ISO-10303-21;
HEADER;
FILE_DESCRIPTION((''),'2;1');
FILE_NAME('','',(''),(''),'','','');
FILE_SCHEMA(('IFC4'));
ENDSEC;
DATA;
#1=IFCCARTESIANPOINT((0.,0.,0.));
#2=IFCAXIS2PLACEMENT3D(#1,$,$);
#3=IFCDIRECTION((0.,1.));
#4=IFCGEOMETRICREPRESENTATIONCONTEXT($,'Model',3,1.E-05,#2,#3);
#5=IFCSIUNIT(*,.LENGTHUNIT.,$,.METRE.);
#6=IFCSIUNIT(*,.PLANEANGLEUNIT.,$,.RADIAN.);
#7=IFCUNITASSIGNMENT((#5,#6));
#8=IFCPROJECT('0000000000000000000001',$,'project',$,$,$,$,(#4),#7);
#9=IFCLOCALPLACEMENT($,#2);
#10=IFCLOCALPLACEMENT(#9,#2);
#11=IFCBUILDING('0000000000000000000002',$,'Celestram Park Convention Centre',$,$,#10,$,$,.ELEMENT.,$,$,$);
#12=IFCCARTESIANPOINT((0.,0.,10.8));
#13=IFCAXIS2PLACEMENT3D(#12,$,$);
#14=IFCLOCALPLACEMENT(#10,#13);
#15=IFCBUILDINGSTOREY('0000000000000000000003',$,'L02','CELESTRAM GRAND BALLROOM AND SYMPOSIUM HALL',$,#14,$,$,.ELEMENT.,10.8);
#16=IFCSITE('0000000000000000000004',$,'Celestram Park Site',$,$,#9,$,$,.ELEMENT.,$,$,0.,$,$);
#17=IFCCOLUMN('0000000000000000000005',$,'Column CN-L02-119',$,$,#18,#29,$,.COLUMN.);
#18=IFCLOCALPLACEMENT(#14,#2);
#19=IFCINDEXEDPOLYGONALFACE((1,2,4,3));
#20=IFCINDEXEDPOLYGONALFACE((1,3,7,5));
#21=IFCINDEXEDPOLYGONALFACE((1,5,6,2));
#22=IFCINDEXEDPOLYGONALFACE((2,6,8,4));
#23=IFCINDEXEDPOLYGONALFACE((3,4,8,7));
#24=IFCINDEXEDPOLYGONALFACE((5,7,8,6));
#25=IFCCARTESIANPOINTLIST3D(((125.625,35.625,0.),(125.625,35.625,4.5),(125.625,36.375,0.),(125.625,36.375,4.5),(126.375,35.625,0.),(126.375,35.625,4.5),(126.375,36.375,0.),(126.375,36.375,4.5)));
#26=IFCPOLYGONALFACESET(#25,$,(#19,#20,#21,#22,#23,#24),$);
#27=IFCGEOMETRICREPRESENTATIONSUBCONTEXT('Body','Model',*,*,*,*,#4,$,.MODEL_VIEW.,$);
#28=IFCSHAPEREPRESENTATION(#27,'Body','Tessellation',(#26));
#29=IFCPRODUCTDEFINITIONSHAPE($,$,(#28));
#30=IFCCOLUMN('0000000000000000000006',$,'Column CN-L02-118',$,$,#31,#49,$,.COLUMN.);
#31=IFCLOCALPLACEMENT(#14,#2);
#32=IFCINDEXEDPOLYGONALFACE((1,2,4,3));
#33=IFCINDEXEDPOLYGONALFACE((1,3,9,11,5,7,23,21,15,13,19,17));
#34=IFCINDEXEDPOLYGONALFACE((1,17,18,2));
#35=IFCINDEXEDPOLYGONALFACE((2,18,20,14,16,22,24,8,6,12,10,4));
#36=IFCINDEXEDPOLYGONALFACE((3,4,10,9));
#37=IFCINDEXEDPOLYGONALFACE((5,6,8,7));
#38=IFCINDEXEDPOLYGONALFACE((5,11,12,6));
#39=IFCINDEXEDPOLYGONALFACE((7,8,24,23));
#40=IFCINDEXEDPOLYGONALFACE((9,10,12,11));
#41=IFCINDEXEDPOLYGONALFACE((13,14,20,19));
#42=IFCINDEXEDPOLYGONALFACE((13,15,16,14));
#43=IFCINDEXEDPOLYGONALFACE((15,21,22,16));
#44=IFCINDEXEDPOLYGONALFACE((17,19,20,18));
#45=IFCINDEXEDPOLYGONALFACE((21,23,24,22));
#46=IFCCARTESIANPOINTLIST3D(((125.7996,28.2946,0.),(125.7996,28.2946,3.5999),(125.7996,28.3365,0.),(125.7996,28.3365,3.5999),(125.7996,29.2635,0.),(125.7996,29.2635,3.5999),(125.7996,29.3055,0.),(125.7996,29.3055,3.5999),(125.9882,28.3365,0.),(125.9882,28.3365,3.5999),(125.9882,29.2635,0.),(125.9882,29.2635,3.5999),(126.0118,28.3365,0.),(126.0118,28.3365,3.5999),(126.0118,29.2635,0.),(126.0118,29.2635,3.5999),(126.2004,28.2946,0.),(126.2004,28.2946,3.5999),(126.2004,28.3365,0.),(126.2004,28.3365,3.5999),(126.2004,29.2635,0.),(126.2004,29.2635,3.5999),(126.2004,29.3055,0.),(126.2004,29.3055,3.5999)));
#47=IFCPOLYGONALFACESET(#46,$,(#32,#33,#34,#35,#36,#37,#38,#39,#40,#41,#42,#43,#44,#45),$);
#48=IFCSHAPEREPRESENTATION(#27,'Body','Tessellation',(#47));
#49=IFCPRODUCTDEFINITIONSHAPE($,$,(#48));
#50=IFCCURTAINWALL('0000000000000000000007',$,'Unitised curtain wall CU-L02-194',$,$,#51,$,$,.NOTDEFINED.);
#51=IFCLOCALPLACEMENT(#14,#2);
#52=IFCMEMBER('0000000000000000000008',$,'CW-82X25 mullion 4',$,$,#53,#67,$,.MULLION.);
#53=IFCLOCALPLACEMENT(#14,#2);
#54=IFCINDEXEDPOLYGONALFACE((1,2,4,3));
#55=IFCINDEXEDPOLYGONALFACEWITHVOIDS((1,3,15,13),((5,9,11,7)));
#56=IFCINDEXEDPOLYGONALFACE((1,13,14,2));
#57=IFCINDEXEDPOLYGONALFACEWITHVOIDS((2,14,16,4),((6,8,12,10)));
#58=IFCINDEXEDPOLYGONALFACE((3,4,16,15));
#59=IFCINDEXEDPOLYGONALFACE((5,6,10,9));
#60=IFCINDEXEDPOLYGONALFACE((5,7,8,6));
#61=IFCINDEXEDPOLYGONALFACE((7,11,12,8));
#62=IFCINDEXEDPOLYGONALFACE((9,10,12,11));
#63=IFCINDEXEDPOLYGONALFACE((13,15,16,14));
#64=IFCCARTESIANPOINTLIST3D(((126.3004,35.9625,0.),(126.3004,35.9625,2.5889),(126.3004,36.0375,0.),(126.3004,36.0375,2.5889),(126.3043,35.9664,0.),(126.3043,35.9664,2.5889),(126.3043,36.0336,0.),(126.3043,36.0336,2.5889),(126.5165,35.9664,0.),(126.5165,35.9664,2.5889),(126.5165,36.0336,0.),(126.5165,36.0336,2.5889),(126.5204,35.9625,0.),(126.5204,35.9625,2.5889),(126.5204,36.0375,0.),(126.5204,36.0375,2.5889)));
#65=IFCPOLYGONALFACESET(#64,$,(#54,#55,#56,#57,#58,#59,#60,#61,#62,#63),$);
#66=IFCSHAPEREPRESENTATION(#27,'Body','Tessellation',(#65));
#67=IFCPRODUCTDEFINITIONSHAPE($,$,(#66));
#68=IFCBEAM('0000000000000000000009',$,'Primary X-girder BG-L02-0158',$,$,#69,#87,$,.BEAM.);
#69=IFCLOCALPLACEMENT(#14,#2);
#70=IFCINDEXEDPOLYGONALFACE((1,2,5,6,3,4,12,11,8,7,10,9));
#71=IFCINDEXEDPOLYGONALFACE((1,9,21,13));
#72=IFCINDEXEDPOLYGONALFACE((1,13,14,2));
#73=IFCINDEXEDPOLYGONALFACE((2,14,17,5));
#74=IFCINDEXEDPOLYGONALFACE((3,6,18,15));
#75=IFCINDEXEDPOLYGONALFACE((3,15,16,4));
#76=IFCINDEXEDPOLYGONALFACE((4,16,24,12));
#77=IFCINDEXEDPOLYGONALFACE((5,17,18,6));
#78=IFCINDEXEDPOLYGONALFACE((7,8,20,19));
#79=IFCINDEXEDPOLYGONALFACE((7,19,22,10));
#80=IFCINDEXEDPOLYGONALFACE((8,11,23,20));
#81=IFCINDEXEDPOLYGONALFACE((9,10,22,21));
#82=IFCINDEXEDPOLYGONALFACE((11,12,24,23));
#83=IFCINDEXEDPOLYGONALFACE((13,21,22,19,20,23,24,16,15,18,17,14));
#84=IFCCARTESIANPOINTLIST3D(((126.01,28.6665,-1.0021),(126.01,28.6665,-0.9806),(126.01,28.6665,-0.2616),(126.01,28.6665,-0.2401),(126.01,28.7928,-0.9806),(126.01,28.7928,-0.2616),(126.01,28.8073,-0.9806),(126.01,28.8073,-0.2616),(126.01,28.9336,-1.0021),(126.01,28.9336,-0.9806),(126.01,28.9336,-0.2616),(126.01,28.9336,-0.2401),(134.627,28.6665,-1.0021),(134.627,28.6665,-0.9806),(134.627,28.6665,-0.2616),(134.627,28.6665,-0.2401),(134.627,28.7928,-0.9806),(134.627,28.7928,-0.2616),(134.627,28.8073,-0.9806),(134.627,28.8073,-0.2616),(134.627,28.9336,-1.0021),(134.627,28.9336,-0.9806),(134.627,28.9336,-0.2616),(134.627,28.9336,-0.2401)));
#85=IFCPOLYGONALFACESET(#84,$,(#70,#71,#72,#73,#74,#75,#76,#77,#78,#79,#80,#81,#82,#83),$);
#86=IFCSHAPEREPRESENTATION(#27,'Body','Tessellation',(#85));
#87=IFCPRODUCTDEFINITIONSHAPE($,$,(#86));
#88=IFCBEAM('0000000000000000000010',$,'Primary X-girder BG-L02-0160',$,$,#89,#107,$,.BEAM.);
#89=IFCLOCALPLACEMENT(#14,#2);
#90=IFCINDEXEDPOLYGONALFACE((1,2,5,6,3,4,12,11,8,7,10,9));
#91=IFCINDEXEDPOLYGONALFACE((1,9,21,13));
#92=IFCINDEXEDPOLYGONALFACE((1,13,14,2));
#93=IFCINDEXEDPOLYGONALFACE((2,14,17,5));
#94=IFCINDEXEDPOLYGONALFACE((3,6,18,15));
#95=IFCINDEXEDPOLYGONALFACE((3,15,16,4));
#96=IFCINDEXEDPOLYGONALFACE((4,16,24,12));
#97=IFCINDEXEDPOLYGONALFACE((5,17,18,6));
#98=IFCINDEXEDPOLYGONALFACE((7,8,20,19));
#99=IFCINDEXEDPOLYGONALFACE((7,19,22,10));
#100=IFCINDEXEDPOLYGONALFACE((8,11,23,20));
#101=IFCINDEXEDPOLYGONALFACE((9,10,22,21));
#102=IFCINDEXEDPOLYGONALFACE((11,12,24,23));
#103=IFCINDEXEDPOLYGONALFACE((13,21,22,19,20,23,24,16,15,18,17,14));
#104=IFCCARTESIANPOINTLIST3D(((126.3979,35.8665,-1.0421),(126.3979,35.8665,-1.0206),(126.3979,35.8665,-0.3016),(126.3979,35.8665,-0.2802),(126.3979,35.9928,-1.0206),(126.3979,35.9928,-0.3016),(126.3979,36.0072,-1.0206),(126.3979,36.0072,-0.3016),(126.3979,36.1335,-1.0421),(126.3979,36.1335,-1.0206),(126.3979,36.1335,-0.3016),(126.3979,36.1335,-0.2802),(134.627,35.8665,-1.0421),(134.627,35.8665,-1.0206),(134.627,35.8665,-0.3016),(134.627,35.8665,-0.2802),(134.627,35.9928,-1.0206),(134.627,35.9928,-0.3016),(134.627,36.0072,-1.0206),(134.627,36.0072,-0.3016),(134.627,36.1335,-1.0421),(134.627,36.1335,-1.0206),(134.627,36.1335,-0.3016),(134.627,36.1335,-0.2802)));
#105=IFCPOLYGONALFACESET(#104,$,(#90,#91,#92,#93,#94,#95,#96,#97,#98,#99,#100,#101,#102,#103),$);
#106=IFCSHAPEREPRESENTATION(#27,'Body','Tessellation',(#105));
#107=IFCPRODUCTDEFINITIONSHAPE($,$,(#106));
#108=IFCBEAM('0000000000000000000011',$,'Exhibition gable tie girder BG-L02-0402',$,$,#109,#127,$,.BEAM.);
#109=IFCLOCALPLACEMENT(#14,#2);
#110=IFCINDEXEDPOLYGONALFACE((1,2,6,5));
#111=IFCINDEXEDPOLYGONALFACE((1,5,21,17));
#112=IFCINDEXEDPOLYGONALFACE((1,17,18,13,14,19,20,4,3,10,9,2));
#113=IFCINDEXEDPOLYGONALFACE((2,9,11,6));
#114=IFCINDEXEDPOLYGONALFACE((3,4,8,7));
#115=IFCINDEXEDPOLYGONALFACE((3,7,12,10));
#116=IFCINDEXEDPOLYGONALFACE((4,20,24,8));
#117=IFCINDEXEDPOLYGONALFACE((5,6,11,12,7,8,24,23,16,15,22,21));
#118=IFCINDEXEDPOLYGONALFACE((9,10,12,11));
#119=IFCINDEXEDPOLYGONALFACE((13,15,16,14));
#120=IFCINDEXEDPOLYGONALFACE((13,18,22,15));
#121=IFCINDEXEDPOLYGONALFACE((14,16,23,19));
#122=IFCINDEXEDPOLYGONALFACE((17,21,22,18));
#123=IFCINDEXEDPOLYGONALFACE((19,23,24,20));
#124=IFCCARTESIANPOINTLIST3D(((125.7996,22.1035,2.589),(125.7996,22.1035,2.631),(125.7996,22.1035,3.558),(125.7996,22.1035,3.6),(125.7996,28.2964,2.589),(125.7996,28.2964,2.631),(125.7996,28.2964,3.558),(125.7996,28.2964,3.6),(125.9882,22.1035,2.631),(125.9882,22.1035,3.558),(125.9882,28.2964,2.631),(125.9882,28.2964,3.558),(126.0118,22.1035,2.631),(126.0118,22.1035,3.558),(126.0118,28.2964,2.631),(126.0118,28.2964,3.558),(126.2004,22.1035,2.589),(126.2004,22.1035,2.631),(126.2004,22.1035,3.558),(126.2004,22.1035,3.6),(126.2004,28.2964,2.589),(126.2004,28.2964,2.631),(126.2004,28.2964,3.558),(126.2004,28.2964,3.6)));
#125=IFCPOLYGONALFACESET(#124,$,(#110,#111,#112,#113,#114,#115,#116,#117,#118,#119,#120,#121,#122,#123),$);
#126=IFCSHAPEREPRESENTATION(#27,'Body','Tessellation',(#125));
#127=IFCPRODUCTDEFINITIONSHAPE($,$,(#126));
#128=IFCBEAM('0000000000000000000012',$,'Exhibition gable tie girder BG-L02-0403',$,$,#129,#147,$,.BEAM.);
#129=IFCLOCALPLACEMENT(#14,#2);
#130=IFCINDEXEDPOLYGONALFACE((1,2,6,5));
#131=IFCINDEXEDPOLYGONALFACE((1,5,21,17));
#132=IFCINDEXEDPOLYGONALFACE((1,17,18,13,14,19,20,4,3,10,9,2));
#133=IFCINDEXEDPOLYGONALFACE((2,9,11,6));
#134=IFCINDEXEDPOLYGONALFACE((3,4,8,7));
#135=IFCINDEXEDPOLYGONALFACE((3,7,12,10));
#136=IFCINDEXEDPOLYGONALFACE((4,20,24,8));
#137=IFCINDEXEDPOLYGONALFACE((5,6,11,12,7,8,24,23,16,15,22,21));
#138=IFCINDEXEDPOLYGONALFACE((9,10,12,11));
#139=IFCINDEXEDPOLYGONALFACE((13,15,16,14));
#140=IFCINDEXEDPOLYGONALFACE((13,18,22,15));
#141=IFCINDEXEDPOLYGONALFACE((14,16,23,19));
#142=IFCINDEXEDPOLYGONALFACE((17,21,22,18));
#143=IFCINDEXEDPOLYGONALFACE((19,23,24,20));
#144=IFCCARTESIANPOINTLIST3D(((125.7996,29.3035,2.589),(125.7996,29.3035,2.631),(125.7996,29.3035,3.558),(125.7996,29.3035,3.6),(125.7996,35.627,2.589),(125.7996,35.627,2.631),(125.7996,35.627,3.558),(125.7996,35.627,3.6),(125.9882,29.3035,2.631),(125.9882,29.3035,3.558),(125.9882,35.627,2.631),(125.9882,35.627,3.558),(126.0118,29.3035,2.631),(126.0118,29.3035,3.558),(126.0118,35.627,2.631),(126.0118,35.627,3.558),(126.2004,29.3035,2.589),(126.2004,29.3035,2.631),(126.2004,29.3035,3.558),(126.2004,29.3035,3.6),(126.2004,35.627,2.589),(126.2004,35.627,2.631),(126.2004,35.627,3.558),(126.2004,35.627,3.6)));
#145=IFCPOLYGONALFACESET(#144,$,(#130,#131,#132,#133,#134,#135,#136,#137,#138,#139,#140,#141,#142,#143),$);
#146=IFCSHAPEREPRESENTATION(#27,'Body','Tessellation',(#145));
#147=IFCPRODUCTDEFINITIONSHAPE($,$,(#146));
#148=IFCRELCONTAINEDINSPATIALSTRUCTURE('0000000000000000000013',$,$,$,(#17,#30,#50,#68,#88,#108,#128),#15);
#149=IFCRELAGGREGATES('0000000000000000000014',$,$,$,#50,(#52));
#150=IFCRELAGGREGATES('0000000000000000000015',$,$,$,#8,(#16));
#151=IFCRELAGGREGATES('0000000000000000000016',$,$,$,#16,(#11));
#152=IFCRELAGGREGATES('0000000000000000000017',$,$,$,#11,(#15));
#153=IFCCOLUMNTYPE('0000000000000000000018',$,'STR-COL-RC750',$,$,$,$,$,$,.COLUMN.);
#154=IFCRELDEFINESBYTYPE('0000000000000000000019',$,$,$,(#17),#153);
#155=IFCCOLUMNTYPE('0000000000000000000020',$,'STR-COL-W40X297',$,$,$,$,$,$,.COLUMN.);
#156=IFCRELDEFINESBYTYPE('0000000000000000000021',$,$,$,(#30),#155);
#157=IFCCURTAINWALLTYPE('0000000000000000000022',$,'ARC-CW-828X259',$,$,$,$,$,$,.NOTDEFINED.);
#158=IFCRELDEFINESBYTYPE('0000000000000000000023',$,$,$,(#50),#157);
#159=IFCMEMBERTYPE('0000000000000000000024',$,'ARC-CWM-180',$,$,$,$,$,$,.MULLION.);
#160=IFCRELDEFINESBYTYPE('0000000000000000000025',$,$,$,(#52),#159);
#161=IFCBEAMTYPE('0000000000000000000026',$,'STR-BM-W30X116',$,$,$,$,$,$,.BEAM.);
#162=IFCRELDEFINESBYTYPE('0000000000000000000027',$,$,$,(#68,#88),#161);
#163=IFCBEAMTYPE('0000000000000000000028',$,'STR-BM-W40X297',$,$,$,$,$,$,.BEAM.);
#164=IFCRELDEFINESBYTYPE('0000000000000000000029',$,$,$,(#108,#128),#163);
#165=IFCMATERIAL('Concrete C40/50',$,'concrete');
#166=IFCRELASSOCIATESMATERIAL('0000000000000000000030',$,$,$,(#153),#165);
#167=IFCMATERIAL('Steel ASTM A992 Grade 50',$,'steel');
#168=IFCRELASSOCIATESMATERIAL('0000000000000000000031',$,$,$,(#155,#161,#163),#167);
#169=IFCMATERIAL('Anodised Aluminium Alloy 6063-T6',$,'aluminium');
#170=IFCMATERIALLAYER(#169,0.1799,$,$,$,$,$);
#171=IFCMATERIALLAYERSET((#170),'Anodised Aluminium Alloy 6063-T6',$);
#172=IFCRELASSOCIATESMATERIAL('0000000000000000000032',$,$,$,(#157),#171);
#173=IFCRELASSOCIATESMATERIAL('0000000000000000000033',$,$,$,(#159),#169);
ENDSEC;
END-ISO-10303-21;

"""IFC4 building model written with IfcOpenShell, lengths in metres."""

from ifc_helpers import new_model, si_unit, direction, frame, origin, origin_2d, place, context, subcontext, project, spatial, rectangle, hollow_rectangle, i_section, extrude, material, layer, layer_set, material_profile, profile_set, type_object, element, aggregate, save


model = new_model("IFC4")

# Units and contexts
model_context = context("Model", 3, precision=1e-05, world=origin(), true_north=direction((0.0, 1.0)))
body_context = subcontext(model_context, "Body", "Model", "MODEL_VIEW")
ifc_project = project(units=[si_unit("LENGTHUNIT", "METRE"), si_unit("PLANEANGLEUNIT", "RADIAN")], contexts=[model_context])

# Site, building, storey
site_placement = place(None, origin())
site = spatial("IfcSite", under=ifc_project, at=site_placement, Name="Celestram Park Site", CompositionType="ELEMENT", RefElevation=0.0)
building_placement = place(site_placement, origin())
building = spatial("IfcBuilding", under=site, at=building_placement, Name="Celestram Park Convention Centre", CompositionType="ELEMENT")
storey_placement = place(building_placement, frame((0.0, 0.0, 10.8)))
storey = spatial("IfcBuildingStorey", under=building, at=storey_placement, Name="L02", Description="CELESTRAM GRAND BALLROOM AND SYMPOSIUM HALL", CompositionType="ELEMENT", Elevation=10.8)

# Columns
ifc_material_1 = material(Name="Concrete C40/50", Category="concrete")
ifc_material_profile_1 = material_profile(ifc_material_1, rectangle(XDim=0.75, YDim=0.75, at=origin_2d()), Name="RC750X750")
ifc_profile_set_1 = profile_set([ifc_material_profile_1], Name="Concrete C40/50")
column_type_1 = type_object("IfcColumnType", Name="STR-COL-RC750", PredefinedType="COLUMN", material=ifc_profile_set_1)
column_1_placement = place(storey_placement, frame((126.0, 36.0, 0.0), z_axis=(0.0, 0.0, 1.0), x_axis=(1.0, 0.0, 0.0)))
element("IfcColumn", 1, at=column_1_placement, inside=storey, type_object=column_type_1, Name="Column CN-L02-119", PredefinedType="COLUMN", context=body_context, shape_type="SweptSolid", body=[
    extrude(rectangle(XDim=0.75, YDim=0.75, at=origin_2d()), origin(), (0.0, 0.0, 1.0), 4.5),
])
ifc_material_2 = material(Name="Steel ASTM A992 Grade 50", Category="steel")
ifc_material_profile_2 = material_profile(ifc_material_2, i_section(OverallWidth=0.4009, OverallDepth=1.011, WebThickness=0.0237, FlangeThickness=0.042, at=origin_2d()), Name="W40X297")
ifc_profile_set_2 = profile_set([ifc_material_profile_2], Name="Steel ASTM A992 Grade 50")
column_type_2 = type_object("IfcColumnType", Name="STR-COL-W40X297", PredefinedType="COLUMN", material=ifc_profile_set_2)
column_2_placement = place(storey_placement, frame((126.0, 28.8, 0.0), z_axis=(0.0, 0.0, 1.0), x_axis=(1.0, 0.0, 0.0)))
element("IfcColumn", 2, at=column_2_placement, inside=storey, type_object=column_type_2, Name="Column CN-L02-118", PredefinedType="COLUMN", context=body_context, shape_type="SweptSolid", body=[
    extrude(i_section(OverallWidth=0.4009, OverallDepth=1.011, WebThickness=0.0237, FlangeThickness=0.042, at=origin_2d()), origin(), (0.0, 0.0, 1.0), 3.5999),
])

# Curtain wall, member
ifc_material_3 = material(Name="Anodised Aluminium Alloy 6063-T6", Category="aluminium")
ifc_layer_1 = layer(ifc_material_3, 0.1799)
ifc_layer_set_1 = layer_set([ifc_layer_1], Name="Anodised Aluminium Alloy 6063-T6")
curtain_wall_type = type_object("IfcCurtainWallType", Name="ARC-CW-828X259", PredefinedType="NOTDEFINED", material=ifc_layer_set_1)
curtain_wall_placement = place(storey_placement, origin())
curtain_wall = element("IfcCurtainWall", 3, at=curtain_wall_placement, inside=storey, type_object=curtain_wall_type, Name="Unitised curtain wall CU-L02-194", PredefinedType="NOTDEFINED")
ifc_material_profile_3 = material_profile(ifc_material_3, hollow_rectangle(XDim=0.075, YDim=0.22, WallThickness=0.0039, at=origin_2d()), Name="ALU75X220X4")
ifc_profile_set_3 = profile_set([ifc_material_profile_3], Name="Anodised Aluminium Alloy 6063-T6")
member_type_1 = type_object("IfcMemberType", Name="ARC-CWM-180", PredefinedType="MULLION", material=ifc_profile_set_3)
member_1_placement = place(storey_placement, frame((126.4104, 36.0, 0.0), z_axis=(0.0, 0.0, 1.0), x_axis=(0.0, -1.0, 0.0)))
member_1 = element("IfcMember", 4, at=member_1_placement, type_object=member_type_1, Name="CW-82X25 mullion 4", PredefinedType="MULLION", context=body_context, shape_type="SweptSolid", body=[
    extrude(hollow_rectangle(XDim=0.075, YDim=0.22, WallThickness=0.0039, at=origin_2d()), origin(), (0.0, 0.0, 1.0), 2.5889),
])

# Beams
ifc_material_profile_4 = material_profile(ifc_material_2, i_section(OverallWidth=0.2671, OverallDepth=0.762, WebThickness=0.0144, FlangeThickness=0.0215, at=origin_2d()), Name="W30X116")
ifc_profile_set_4 = profile_set([ifc_material_profile_4], Name="Steel ASTM A992 Grade 50")
beam_type_1 = type_object("IfcBeamType", Name="STR-BM-W30X116", PredefinedType="BEAM", material=ifc_profile_set_4)
beam_1_placement = place(storey_placement, frame((126.01, 28.8, -0.6211), z_axis=(1.0, 0.0, 0.0), x_axis=(0.0, 1.0, 0.0)))
element("IfcBeam", 5, at=beam_1_placement, inside=storey, type_object=beam_type_1, Name="Primary X-girder BG-L02-0158", PredefinedType="BEAM", context=body_context, shape_type="SweptSolid", body=[
    extrude(i_section(OverallWidth=0.2671, OverallDepth=0.762, WebThickness=0.0144, FlangeThickness=0.0215, at=origin_2d()), origin(), (0.0, 0.0, 1.0), 8.6169),
])
beam_2_placement = place(storey_placement, frame((126.3979, 36.0, -0.6611), z_axis=(1.0, 0.0, 0.0), x_axis=(0.0, 1.0, 0.0)))
element("IfcBeam", 6, at=beam_2_placement, inside=storey, type_object=beam_type_1, Name="Primary X-girder BG-L02-0160", PredefinedType="BEAM", context=body_context, shape_type="SweptSolid", body=[
    extrude(i_section(OverallWidth=0.2671, OverallDepth=0.762, WebThickness=0.0144, FlangeThickness=0.0215, at=origin_2d()), origin(), (0.0, 0.0, 1.0), 8.229),
])
ifc_material_profile_5 = material_profile(ifc_material_2, i_section(OverallWidth=0.4009, OverallDepth=1.011, WebThickness=0.0237, FlangeThickness=0.042, at=origin_2d()), Name="W40X297")
ifc_profile_set_5 = profile_set([ifc_material_profile_5], Name="Steel ASTM A992 Grade 50")
beam_type_2 = type_object("IfcBeamType", Name="STR-BM-W40X297", PredefinedType="BEAM", material=ifc_profile_set_5)
beam_3_placement = place(storey_placement, frame((126.0, 22.1035, 3.0945), z_axis=(0.0, 1.0, 0.0), x_axis=(-1.0, 0.0, 0.0)))
element("IfcBeam", 7, at=beam_3_placement, inside=storey, type_object=beam_type_2, Name="Exhibition gable tie girder BG-L02-0402", PredefinedType="BEAM", context=body_context, shape_type="SweptSolid", body=[
    extrude(i_section(OverallWidth=0.4009, OverallDepth=1.011, WebThickness=0.0237, FlangeThickness=0.042, at=origin_2d()), origin(), (0.0, 0.0, 1.0), 6.1929),
])
beam_4_placement = place(storey_placement, frame((126.0, 29.3035, 3.0945), z_axis=(0.0, 1.0, 0.0), x_axis=(-1.0, 0.0, 0.0)))
element("IfcBeam", 8, at=beam_4_placement, inside=storey, type_object=beam_type_2, Name="Exhibition gable tie girder BG-L02-0403", PredefinedType="BEAM", context=body_context, shape_type="SweptSolid", body=[
    extrude(i_section(OverallWidth=0.4009, OverallDepth=1.011, WebThickness=0.0237, FlangeThickness=0.042, at=origin_2d()), origin(), (0.0, 0.0, 1.0), 6.3235),
])

aggregate(curtain_wall, [member_1])

save(model, "model.ifc")
